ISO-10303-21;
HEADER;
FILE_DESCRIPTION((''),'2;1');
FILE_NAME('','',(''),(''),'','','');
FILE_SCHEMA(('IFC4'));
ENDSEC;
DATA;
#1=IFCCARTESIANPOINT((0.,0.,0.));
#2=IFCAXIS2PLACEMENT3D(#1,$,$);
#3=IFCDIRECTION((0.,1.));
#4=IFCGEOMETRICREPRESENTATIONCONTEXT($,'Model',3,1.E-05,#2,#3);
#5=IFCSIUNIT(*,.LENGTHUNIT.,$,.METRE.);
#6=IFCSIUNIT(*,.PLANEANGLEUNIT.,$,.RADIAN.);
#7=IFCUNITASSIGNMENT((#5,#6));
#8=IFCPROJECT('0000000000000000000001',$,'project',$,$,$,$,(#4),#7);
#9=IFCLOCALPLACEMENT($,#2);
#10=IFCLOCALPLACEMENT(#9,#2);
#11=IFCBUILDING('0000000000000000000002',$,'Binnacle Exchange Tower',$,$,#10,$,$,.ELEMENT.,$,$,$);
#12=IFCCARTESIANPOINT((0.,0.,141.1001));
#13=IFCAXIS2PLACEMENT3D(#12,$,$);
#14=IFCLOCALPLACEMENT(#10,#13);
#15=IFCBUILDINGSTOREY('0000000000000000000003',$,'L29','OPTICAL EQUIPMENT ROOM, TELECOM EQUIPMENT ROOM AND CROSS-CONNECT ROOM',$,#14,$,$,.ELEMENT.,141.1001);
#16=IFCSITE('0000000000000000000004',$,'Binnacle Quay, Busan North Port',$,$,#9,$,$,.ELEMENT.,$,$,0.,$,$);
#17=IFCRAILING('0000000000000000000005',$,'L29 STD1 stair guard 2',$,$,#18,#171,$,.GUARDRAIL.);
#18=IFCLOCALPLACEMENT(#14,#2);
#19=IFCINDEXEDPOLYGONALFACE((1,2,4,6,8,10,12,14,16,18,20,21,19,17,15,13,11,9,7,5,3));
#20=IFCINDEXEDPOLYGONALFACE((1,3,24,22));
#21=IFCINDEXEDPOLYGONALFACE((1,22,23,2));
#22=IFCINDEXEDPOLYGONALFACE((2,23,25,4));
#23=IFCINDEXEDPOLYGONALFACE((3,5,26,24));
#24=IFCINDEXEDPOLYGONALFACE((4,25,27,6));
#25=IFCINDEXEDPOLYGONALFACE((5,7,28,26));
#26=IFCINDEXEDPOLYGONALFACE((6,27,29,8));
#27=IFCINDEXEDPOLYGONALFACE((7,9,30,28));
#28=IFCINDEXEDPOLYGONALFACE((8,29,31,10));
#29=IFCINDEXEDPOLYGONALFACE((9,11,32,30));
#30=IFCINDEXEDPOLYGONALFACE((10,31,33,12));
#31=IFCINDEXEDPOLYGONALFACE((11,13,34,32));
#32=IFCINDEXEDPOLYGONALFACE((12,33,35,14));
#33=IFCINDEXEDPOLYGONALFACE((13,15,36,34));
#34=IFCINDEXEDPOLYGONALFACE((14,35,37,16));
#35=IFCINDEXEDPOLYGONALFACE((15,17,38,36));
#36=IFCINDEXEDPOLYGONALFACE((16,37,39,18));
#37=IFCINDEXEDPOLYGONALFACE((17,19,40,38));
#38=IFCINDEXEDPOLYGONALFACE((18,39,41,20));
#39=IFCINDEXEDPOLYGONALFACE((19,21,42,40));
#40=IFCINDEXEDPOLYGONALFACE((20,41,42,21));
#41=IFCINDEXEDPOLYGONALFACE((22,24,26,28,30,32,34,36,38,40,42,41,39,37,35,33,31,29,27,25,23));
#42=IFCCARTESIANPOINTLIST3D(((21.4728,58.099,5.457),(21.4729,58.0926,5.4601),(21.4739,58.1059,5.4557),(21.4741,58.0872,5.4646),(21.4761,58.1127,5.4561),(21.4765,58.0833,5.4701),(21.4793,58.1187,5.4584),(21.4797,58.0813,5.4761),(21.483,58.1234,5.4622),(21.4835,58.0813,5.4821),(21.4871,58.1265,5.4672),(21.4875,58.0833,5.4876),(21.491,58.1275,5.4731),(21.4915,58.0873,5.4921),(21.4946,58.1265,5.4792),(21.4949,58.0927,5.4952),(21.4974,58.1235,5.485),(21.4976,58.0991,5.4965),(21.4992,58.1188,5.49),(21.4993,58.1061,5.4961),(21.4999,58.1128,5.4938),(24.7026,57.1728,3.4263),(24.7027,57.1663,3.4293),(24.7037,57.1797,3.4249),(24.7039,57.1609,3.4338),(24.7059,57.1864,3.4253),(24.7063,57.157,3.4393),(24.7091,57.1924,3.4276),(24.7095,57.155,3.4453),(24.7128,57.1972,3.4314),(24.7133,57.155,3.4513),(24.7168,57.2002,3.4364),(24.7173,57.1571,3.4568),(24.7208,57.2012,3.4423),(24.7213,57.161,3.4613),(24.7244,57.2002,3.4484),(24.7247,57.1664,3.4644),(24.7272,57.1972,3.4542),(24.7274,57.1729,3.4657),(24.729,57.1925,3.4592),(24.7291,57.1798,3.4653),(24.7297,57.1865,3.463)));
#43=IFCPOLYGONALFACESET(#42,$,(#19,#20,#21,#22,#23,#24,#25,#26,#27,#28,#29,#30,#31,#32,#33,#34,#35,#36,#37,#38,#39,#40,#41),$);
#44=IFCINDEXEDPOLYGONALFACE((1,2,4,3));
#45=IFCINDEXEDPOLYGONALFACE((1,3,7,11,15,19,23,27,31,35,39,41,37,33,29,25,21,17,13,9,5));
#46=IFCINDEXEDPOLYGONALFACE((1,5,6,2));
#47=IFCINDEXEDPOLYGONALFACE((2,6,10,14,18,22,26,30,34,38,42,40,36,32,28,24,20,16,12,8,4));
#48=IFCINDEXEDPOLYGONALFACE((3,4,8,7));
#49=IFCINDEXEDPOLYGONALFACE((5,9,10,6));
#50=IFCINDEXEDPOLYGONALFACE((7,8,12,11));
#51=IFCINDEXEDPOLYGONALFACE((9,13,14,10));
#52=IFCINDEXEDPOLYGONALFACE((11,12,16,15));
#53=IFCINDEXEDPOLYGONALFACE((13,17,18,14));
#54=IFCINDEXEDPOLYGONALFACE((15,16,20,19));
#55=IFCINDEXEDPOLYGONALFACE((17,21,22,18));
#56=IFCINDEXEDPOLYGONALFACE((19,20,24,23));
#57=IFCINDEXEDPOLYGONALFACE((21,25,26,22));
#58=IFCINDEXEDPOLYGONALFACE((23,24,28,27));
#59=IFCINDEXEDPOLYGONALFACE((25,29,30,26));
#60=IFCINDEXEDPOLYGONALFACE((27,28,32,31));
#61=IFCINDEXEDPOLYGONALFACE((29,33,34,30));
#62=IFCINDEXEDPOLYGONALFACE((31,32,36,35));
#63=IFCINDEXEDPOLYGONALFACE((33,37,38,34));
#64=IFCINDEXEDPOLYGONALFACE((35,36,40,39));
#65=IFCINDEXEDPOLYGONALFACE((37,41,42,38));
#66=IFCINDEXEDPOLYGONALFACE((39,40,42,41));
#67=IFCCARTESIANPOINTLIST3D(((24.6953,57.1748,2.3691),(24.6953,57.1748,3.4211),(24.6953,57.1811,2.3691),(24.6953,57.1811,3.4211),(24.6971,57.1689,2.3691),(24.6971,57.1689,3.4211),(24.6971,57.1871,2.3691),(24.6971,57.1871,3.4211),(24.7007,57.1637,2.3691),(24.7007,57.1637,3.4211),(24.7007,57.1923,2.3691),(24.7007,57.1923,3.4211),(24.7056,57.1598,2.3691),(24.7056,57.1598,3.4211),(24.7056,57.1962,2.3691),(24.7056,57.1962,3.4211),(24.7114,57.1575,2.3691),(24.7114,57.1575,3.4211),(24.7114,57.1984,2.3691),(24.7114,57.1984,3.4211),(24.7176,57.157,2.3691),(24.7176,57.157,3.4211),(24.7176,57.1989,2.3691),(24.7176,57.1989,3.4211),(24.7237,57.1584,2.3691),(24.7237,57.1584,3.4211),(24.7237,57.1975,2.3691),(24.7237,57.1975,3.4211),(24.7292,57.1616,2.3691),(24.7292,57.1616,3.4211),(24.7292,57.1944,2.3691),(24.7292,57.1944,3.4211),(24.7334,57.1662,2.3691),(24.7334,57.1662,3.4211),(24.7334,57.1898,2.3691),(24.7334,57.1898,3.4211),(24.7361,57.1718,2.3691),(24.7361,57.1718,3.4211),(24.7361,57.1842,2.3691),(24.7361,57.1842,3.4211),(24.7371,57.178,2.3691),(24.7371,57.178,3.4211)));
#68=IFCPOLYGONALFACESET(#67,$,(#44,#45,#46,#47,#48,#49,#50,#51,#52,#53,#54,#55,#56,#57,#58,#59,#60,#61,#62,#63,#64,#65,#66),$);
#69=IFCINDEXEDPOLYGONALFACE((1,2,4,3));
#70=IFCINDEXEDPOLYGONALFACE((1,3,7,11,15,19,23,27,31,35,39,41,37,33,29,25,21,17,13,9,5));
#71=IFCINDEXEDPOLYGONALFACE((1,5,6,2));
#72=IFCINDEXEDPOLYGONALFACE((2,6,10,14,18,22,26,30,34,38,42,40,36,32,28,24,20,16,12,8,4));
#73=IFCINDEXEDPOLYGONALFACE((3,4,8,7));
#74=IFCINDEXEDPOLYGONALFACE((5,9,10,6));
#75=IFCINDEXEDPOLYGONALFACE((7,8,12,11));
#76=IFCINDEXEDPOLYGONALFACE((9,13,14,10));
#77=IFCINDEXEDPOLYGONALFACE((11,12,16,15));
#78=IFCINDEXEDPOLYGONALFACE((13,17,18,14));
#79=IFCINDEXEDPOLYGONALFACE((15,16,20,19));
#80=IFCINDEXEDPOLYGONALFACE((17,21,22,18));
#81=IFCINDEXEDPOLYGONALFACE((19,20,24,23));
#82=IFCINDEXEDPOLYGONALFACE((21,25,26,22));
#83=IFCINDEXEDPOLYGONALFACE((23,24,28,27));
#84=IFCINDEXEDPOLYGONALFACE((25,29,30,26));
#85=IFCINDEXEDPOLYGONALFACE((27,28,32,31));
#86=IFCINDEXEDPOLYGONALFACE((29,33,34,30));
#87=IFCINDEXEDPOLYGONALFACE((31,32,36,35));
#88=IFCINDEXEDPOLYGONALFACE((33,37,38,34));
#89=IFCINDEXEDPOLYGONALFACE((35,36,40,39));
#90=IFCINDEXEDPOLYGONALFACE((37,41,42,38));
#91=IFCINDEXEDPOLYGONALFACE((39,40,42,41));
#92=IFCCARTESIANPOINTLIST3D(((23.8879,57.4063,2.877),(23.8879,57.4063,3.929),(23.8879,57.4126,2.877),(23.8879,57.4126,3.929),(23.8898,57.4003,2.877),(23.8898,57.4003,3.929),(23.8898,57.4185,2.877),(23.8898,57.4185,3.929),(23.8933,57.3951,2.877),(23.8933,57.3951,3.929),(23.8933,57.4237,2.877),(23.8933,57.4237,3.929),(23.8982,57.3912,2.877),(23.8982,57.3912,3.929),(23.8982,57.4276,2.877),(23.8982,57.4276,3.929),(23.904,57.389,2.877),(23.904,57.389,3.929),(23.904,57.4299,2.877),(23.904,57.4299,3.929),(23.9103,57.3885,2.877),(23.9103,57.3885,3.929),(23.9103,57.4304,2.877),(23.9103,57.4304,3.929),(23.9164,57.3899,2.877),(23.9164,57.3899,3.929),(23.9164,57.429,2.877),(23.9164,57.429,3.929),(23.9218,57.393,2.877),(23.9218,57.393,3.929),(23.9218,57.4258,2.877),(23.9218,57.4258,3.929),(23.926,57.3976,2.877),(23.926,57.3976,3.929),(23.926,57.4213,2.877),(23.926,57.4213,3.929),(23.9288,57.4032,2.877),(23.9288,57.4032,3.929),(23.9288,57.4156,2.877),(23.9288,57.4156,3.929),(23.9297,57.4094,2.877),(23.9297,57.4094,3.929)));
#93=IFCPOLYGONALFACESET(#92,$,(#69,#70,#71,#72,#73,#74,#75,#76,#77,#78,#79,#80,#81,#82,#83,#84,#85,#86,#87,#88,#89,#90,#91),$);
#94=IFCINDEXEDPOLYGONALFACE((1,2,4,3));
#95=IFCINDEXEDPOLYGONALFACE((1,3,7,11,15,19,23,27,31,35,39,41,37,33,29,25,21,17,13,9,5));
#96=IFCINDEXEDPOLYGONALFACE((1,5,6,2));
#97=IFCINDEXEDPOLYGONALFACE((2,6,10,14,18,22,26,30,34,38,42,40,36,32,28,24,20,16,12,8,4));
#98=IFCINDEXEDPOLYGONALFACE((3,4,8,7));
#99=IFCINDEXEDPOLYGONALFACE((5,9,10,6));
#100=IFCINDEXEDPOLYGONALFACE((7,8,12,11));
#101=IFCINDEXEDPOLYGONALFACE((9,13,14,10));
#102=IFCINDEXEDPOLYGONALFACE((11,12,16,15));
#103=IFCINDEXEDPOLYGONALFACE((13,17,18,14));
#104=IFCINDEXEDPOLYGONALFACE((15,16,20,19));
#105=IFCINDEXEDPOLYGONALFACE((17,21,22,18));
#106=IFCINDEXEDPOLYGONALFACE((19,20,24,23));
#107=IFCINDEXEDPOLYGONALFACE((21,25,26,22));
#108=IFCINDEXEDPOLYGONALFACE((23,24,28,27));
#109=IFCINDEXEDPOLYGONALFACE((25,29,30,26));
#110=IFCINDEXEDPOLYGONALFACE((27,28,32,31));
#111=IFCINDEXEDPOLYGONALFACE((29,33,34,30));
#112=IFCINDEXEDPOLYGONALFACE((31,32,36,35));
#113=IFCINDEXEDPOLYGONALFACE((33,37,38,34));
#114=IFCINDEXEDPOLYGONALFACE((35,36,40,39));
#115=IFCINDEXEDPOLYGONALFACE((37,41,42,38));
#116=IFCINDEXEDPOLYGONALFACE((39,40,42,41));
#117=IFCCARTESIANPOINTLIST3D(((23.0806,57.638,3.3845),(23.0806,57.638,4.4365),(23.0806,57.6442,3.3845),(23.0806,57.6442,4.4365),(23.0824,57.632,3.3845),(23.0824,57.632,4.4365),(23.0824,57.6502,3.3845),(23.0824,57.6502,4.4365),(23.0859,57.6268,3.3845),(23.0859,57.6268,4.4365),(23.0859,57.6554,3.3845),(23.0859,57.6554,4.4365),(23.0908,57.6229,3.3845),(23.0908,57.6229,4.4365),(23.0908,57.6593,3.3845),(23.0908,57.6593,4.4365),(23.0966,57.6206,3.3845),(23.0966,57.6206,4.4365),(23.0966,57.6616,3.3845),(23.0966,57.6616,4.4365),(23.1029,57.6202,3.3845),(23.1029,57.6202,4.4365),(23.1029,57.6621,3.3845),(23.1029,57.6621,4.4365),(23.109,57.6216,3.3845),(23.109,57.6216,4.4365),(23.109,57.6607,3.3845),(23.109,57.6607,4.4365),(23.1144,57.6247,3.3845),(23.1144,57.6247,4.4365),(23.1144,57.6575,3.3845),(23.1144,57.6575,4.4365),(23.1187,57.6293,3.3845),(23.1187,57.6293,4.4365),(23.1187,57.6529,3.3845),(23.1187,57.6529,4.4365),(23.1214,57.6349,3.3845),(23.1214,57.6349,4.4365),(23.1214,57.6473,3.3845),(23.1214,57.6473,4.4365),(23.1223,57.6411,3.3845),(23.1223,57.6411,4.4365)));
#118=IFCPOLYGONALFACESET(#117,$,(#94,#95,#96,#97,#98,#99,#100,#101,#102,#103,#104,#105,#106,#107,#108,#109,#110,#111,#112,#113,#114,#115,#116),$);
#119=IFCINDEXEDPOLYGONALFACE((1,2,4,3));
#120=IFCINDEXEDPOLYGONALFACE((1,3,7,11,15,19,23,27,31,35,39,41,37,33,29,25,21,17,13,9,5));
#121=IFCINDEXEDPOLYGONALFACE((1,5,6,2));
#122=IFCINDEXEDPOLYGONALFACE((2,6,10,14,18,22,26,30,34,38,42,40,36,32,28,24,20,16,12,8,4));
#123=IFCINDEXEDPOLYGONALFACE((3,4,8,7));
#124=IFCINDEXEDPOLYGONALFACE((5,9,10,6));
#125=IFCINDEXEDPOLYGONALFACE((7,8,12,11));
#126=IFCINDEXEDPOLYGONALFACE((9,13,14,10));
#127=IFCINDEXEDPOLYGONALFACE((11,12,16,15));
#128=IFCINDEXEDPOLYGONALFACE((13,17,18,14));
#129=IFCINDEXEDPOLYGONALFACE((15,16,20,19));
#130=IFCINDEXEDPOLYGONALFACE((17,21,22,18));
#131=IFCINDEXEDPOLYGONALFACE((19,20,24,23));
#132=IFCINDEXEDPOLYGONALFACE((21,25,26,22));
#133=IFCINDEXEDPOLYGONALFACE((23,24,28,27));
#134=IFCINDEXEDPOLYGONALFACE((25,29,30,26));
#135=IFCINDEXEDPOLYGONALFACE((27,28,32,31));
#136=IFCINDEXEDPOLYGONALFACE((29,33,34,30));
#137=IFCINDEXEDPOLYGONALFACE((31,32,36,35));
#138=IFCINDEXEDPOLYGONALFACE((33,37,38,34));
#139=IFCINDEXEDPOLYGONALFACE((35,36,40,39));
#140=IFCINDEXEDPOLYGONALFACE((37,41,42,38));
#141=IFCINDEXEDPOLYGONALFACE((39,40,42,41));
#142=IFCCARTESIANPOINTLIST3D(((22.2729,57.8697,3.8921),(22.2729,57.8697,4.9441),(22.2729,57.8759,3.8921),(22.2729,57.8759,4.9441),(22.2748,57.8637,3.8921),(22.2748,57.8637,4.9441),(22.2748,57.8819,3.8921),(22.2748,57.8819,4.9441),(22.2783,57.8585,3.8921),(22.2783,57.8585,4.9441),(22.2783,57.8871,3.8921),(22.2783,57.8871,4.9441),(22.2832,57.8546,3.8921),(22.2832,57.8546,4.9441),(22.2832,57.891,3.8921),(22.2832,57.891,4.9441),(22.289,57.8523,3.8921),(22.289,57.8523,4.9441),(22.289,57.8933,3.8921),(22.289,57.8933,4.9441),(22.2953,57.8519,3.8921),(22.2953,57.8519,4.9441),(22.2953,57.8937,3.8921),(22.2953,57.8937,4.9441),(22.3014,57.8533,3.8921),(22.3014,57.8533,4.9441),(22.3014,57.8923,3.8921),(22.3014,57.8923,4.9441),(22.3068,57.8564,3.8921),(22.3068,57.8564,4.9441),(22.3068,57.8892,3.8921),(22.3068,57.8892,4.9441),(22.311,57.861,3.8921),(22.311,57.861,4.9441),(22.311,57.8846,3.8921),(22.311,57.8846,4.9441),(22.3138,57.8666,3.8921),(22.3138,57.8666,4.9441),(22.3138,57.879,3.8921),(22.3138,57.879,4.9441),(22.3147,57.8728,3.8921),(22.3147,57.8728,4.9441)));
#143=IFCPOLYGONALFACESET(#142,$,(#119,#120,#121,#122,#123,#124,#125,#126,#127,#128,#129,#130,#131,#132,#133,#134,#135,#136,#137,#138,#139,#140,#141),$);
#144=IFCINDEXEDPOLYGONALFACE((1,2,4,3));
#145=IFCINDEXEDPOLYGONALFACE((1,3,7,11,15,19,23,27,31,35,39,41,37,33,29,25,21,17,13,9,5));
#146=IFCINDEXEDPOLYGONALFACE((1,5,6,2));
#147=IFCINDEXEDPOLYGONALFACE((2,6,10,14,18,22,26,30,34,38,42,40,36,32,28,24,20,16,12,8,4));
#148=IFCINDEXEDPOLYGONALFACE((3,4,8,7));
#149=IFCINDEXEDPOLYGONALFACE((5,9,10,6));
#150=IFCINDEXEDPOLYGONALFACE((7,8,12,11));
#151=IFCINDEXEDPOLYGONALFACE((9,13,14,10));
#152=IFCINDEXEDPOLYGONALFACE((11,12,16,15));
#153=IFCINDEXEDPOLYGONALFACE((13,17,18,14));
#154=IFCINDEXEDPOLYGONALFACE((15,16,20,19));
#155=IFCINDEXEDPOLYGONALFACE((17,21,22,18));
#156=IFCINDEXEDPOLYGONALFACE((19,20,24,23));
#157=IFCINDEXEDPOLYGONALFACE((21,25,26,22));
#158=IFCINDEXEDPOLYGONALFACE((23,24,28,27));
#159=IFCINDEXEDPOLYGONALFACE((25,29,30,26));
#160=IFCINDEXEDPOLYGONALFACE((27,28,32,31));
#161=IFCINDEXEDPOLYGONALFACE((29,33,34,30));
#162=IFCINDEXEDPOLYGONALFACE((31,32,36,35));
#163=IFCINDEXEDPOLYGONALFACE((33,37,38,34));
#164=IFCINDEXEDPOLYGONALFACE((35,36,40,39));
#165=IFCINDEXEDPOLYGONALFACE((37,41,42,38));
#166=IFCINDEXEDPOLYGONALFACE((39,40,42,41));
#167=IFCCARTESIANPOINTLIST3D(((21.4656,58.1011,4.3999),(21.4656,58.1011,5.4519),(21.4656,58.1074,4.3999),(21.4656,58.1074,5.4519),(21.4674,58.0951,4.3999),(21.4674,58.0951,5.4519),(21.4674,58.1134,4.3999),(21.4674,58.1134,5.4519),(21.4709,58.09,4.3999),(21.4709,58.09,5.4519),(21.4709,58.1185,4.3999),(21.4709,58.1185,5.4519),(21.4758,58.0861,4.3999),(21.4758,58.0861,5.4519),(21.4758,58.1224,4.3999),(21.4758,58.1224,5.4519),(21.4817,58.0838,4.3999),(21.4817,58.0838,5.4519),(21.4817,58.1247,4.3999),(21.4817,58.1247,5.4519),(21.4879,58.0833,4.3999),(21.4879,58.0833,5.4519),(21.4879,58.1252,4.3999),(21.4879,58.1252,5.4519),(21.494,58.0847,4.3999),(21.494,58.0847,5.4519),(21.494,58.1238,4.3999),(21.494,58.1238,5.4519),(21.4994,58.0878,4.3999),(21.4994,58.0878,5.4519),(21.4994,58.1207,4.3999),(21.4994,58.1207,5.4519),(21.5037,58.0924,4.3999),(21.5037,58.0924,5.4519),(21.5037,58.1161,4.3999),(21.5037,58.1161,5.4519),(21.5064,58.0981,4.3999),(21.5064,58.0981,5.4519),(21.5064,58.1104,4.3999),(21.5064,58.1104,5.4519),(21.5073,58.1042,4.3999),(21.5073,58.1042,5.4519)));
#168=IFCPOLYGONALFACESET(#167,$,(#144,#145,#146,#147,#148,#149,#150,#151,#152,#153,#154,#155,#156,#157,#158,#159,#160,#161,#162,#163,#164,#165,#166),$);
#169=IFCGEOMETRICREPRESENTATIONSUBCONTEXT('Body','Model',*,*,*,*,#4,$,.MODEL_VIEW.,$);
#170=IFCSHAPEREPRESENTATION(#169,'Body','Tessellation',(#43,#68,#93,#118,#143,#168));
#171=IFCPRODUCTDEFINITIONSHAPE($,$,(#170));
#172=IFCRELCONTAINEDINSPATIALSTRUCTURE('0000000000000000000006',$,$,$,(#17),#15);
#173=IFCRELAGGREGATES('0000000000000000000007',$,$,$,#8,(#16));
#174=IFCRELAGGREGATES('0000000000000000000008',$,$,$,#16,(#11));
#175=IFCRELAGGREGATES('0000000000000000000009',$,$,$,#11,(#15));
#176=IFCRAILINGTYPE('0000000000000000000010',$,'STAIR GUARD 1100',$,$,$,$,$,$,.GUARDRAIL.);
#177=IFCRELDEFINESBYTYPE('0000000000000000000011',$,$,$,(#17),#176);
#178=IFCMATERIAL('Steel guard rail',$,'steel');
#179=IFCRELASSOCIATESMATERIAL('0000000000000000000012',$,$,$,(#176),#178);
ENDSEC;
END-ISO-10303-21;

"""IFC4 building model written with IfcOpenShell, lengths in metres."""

from ifc_helpers import new_model, si_unit, direction, frame, origin, origin_2d, place, context, subcontext, project, spatial, circle, extrude, material, type_object, element, save


model = new_model("IFC4")

# Units and contexts
model_context = context("Model", 3, precision=1e-05, world=origin(), true_north=direction((0.0, 1.0)))
body_context = subcontext(model_context, "Body", "Model", "MODEL_VIEW")
ifc_project = project(units=[si_unit("LENGTHUNIT", "METRE"), si_unit("PLANEANGLEUNIT", "RADIAN")], contexts=[model_context])

# Site, building, storey
site_placement = place(None, origin())
site = spatial("IfcSite", under=ifc_project, at=site_placement, Name="Binnacle Quay, Busan North Port", CompositionType="ELEMENT", RefElevation=0.0)
building_placement = place(site_placement, origin())
building = spatial("IfcBuilding", under=site, at=building_placement, Name="Binnacle Exchange Tower", CompositionType="ELEMENT")
storey_placement = place(building_placement, frame((0.0, 0.0, 141.1001)))
storey = spatial("IfcBuildingStorey", under=building, at=storey_placement, Name="L29", Description="OPTICAL EQUIPMENT ROOM, TELECOM EQUIPMENT ROOM AND CROSS-CONNECT ROOM", CompositionType="ELEMENT", Elevation=141.1001)

# Railing
ifc_material_1 = material(Name="Steel guard rail", Category="steel")
railing_type_1 = type_object("IfcRailingType", Name="STAIR GUARD 1100", PredefinedType="GUARDRAIL", material=ifc_material_1)
railing_1_placement = place(storey_placement, frame((24.7161, 57.178, 2.3691)))
element("IfcRailing", 1, at=railing_1_placement, inside=storey, type_object=railing_type_1, Name="L29 STD1 stair guard 2", PredefinedType="GUARDRAIL", context=body_context, shape_type="SweptSolid", body=[
    extrude(circle(Radius=0.0239, at=origin_2d()), frame((0.0, 0.0, 1.0762), z_axis=(-0.822661, 0.235935, 0.517265), x_axis=(-0.275681, -0.961249, 0.0)), (0.0, 0.0, 1.0), 3.926),
    extrude(circle(Radius=0.021, at=origin_2d()), origin(), (0.0, 0.0, 1.0), 1.052),
    extrude(circle(Radius=0.021, at=origin_2d()), frame((-0.8074, 0.2314, 0.5078)), (0.0, 0.0, 1.0), 1.052),
    extrude(circle(Radius=0.021, at=origin_2d()), frame((-1.6147, 0.4631, 1.0154)), (0.0, 0.0, 1.0), 1.052),
    extrude(circle(Radius=0.021, at=origin_2d()), frame((-2.4224, 0.6948, 1.5229)), (0.0, 0.0, 1.0), 1.052),
    extrude(circle(Radius=0.021, at=origin_2d()), frame((-3.2297, 0.9263, 2.0308)), (0.0, 0.0, 1.0), 1.052),
])

save(model, "model.ifc")
